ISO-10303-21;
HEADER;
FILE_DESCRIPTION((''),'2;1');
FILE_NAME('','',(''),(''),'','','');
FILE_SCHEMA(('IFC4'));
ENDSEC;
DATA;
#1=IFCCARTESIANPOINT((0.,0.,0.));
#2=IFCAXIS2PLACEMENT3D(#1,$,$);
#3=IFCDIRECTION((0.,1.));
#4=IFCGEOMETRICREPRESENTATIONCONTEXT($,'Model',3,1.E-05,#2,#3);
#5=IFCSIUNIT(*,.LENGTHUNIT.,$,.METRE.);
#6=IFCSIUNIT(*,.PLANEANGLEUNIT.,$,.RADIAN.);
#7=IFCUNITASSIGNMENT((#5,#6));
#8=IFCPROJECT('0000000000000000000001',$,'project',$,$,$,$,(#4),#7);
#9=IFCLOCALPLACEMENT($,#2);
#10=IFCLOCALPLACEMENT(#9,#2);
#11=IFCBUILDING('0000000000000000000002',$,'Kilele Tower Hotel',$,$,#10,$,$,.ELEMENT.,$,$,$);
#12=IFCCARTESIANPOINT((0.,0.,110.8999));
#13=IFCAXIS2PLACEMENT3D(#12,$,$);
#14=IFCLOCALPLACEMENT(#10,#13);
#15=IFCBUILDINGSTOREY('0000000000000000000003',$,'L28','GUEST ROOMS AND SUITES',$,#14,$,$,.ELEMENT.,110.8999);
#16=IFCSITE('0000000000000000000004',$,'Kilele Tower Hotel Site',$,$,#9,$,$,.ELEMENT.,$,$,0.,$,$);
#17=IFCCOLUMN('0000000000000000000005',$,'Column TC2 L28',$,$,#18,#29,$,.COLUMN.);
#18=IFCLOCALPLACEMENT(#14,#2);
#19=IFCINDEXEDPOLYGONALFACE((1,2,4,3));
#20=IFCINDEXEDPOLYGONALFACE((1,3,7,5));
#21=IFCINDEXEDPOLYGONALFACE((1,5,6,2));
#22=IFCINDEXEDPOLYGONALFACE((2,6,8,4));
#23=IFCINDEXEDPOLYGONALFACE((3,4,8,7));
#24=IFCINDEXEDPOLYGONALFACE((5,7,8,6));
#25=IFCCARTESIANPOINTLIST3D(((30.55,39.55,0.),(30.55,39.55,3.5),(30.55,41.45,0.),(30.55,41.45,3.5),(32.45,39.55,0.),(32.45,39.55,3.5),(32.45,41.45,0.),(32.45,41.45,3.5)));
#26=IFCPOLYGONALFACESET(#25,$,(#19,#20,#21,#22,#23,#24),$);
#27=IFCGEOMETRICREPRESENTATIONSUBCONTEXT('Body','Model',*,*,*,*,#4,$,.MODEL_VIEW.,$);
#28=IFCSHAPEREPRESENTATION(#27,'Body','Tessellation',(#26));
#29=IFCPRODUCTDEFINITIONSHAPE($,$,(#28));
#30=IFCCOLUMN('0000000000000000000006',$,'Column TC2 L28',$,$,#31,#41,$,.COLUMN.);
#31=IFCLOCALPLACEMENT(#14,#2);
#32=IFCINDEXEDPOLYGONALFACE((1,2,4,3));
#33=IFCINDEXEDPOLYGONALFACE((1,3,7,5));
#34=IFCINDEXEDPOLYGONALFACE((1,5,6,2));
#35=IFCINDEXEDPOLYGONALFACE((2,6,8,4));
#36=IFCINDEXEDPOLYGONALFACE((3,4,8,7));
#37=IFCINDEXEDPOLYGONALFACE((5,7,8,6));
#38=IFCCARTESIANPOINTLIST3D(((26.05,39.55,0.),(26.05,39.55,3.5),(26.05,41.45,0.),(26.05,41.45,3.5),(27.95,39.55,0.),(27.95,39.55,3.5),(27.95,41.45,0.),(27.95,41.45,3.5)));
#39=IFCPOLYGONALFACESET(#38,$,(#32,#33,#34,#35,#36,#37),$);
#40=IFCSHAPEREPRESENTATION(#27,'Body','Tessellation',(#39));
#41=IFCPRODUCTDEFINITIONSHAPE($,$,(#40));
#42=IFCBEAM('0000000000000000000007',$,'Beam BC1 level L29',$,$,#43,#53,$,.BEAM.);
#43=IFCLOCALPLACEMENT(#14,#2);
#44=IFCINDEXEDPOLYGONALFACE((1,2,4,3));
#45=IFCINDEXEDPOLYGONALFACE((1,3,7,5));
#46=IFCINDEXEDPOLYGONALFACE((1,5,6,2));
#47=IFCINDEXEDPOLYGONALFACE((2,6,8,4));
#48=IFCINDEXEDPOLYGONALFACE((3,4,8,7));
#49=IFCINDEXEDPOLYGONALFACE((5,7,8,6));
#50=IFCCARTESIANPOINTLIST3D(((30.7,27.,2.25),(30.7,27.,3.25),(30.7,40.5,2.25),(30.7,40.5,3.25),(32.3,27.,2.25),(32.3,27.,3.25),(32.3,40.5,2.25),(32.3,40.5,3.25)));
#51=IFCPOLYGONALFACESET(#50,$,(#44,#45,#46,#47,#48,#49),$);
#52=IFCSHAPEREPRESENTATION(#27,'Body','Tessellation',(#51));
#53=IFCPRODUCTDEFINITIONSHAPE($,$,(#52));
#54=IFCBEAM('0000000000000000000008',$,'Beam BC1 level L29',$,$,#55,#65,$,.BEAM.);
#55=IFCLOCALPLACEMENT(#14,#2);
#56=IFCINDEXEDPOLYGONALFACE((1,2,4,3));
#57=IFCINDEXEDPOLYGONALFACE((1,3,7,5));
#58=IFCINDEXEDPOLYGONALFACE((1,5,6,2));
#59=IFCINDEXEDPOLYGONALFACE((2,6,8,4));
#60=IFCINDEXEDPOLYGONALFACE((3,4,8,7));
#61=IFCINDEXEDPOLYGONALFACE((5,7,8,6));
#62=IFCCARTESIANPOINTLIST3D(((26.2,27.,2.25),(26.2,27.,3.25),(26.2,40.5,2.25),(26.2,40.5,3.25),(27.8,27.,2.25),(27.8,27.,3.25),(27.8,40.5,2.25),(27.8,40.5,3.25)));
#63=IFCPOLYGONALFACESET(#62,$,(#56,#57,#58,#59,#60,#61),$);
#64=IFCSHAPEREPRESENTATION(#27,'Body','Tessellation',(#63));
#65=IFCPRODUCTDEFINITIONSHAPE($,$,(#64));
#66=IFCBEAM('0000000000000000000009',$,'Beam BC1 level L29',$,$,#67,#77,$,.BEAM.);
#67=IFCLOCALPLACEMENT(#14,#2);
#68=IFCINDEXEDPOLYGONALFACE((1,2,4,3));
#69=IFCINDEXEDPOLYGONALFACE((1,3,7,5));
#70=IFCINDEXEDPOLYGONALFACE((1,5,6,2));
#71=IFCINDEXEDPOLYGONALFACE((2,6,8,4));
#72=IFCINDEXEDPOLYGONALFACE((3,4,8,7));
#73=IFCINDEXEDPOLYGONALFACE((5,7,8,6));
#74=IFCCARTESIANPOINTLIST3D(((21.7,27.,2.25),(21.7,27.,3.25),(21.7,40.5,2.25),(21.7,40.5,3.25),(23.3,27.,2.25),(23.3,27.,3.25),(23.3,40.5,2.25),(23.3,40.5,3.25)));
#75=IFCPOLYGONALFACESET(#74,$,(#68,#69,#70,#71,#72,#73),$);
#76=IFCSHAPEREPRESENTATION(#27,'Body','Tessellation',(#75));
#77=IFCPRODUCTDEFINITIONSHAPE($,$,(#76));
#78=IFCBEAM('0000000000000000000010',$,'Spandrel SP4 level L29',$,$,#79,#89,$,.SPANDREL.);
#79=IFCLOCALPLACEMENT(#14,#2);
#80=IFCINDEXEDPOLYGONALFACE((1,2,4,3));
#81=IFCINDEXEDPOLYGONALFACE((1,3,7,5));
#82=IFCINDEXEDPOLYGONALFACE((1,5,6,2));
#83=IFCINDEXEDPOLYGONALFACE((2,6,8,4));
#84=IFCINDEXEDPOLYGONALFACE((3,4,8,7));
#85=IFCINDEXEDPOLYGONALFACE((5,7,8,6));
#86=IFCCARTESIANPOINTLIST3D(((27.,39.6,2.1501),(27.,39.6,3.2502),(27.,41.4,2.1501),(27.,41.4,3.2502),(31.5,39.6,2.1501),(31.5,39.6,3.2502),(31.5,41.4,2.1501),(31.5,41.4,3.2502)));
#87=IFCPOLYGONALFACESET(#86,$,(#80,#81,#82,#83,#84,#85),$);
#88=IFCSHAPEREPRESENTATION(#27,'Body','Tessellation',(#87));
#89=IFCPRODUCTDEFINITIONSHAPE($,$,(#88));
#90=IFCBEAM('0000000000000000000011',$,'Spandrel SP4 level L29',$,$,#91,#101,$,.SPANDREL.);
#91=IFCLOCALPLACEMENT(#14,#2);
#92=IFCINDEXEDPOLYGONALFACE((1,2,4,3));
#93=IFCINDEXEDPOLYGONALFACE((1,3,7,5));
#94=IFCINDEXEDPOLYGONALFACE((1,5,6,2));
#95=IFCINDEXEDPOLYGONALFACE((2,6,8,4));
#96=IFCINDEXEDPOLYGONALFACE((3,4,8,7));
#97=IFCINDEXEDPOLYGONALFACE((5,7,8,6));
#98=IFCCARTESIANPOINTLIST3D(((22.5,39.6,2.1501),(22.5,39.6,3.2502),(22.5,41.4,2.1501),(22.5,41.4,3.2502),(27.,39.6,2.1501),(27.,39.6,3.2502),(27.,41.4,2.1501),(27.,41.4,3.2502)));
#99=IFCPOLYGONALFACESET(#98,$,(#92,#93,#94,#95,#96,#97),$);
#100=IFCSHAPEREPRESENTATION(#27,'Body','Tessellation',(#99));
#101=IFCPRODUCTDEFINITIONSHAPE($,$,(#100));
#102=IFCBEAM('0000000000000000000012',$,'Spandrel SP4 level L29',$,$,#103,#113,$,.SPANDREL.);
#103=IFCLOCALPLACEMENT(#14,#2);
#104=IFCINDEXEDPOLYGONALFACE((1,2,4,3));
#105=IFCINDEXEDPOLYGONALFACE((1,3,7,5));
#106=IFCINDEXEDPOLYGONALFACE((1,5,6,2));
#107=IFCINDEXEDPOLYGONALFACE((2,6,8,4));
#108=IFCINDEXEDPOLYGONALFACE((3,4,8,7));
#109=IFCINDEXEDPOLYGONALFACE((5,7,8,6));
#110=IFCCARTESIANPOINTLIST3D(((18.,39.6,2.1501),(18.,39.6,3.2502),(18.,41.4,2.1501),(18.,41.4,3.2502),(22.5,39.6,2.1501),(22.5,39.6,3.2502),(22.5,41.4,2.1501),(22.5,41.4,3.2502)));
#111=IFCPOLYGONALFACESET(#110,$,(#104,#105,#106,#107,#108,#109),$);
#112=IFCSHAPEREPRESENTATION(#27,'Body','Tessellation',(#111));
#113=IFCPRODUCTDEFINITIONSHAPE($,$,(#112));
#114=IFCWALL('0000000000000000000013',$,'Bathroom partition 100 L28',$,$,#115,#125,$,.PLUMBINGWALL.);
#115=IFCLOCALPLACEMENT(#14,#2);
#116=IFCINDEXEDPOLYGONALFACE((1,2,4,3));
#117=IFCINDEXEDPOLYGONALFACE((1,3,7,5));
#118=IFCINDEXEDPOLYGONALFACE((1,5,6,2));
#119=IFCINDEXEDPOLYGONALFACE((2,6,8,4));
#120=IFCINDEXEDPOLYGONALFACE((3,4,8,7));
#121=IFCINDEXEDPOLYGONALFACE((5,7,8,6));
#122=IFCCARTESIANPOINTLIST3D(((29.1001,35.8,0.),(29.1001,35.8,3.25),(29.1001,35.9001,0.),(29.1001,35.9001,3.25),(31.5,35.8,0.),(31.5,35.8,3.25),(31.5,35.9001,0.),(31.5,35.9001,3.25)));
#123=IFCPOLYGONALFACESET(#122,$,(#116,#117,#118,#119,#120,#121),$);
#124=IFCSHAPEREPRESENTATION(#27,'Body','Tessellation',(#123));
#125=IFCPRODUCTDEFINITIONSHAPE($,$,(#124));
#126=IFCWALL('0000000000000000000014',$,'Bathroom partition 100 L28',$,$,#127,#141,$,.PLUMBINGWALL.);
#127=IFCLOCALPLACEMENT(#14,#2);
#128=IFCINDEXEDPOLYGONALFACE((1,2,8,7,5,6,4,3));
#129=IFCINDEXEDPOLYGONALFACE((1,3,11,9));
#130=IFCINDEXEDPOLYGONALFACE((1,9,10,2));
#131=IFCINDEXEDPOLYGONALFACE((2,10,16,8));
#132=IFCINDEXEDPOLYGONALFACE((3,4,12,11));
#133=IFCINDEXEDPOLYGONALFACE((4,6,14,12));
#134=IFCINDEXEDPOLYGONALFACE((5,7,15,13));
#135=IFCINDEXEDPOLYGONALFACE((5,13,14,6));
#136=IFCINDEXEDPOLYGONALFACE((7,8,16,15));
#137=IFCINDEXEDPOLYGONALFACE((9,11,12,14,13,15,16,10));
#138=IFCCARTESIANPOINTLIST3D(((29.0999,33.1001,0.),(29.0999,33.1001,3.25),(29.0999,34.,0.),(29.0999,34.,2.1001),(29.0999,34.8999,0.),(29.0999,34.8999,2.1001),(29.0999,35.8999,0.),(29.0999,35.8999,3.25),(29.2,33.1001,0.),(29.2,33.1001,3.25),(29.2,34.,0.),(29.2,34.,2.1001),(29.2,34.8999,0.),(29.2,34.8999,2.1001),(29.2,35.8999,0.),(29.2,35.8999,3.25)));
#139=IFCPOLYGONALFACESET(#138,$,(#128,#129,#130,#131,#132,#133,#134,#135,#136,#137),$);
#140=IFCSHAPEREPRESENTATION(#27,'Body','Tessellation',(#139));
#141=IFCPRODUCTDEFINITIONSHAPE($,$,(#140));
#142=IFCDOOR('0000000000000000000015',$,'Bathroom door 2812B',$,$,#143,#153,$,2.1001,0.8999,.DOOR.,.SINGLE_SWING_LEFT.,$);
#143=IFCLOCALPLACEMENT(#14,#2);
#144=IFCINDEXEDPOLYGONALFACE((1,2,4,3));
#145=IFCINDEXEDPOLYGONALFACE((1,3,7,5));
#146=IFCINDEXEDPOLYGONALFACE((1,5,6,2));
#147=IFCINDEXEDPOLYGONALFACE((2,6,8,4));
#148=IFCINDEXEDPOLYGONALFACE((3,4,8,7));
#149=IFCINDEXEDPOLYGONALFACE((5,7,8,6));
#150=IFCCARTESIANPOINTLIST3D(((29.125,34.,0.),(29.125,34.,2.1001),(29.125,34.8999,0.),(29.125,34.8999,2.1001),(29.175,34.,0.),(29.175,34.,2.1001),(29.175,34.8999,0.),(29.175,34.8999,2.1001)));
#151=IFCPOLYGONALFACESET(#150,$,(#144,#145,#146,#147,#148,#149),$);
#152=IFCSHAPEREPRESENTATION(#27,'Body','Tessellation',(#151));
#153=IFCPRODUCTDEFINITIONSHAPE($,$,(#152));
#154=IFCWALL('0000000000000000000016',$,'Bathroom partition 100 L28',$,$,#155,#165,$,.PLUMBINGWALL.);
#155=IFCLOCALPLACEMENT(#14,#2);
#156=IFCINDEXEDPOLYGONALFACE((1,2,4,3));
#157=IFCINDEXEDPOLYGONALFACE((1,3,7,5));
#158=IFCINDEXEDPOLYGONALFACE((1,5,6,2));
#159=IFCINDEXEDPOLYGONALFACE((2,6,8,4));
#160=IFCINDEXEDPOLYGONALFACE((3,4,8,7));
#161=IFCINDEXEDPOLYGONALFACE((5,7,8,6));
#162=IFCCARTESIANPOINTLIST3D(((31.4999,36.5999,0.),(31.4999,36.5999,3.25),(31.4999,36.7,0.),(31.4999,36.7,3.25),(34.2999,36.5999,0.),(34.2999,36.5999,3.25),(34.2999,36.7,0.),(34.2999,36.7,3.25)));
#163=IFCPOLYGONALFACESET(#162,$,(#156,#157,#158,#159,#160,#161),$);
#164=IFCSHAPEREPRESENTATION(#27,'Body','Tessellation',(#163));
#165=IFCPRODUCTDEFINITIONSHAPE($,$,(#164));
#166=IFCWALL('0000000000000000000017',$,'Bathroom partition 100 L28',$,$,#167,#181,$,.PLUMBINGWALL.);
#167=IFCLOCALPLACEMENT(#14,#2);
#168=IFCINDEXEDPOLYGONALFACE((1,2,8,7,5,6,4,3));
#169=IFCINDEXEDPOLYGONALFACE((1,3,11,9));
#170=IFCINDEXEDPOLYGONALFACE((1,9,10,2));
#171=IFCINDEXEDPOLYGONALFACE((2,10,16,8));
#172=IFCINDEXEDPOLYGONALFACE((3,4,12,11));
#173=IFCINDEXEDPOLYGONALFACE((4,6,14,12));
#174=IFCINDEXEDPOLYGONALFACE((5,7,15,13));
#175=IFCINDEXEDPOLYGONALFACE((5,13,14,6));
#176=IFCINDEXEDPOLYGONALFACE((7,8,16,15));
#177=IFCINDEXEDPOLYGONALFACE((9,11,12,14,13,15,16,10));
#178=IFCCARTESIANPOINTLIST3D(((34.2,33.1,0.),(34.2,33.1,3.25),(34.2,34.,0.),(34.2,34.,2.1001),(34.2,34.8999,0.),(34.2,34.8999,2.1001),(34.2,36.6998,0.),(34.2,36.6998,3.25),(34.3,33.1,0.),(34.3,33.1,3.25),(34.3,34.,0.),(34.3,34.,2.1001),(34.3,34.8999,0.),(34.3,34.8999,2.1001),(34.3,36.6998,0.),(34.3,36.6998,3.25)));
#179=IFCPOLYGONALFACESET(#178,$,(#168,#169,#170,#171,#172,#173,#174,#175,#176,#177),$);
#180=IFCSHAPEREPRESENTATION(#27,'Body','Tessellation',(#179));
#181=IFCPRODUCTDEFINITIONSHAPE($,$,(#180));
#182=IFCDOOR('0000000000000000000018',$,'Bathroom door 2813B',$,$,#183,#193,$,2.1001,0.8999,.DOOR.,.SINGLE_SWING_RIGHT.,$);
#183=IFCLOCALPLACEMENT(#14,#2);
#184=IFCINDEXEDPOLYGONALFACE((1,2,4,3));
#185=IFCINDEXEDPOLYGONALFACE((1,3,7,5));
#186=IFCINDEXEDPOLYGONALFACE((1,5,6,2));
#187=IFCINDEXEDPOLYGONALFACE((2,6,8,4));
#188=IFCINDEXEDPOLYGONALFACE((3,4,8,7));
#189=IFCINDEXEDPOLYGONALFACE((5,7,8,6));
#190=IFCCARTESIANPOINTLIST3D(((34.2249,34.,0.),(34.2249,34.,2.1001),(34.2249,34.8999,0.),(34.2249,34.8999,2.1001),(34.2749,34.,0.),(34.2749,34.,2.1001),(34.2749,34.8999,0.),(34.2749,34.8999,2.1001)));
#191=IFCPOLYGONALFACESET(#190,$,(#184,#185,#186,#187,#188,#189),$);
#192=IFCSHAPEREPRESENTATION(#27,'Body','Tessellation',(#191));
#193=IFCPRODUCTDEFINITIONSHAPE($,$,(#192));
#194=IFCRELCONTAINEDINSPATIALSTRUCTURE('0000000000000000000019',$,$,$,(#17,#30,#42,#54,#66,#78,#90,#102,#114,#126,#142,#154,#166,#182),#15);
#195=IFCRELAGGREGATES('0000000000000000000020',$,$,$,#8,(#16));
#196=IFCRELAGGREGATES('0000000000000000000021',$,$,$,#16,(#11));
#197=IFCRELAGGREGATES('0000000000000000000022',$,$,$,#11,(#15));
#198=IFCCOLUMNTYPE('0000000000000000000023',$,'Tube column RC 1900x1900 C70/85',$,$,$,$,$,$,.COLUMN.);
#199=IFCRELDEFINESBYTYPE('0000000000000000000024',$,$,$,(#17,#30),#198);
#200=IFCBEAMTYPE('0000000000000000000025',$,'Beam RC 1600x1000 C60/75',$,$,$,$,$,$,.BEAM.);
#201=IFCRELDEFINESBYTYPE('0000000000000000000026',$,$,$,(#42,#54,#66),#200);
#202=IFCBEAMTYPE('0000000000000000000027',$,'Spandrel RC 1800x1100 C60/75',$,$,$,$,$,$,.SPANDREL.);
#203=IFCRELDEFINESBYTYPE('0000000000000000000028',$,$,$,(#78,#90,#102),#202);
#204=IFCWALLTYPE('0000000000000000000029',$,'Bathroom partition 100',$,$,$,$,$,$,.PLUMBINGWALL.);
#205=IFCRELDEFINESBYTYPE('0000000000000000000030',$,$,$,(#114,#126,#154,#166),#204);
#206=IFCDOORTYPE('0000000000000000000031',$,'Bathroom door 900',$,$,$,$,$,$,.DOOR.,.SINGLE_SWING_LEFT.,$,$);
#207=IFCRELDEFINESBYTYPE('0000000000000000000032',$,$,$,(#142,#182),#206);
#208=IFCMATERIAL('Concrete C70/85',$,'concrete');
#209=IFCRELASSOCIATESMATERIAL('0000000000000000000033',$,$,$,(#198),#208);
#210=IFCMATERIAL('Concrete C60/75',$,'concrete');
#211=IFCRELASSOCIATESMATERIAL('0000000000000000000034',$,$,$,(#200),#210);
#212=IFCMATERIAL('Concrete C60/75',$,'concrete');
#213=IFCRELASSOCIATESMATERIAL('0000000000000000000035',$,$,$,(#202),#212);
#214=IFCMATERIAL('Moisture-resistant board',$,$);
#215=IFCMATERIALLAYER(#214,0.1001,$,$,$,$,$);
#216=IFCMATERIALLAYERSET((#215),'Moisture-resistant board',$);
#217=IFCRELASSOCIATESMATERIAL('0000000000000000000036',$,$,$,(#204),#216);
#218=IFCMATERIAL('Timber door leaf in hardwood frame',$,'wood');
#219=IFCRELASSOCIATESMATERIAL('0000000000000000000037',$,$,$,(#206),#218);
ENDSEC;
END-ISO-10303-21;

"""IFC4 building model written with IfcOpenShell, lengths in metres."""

from ifc_helpers import new_model, si_unit, direction, frame, frame_2d, origin, origin_2d, place, context, subcontext, project, spatial, rectangle, extrude, material, layer, layer_set, material_profile, profile_set, type_object, element, fill, save


model = new_model("IFC4")

# Units and contexts
model_context = context("Model", 3, precision=1e-05, world=origin(), true_north=direction((0.0, 1.0)))
body_context = subcontext(model_context, "Body", "Model", "MODEL_VIEW")
ifc_project = project(units=[si_unit("LENGTHUNIT", "METRE"), si_unit("PLANEANGLEUNIT", "RADIAN")], contexts=[model_context])

# Site, building, storey
site_placement = place(None, origin())
site = spatial("IfcSite", under=ifc_project, at=site_placement, Name="Kilele Tower Hotel Site", CompositionType="ELEMENT", RefElevation=0.0)
building_placement = place(site_placement, origin())
building = spatial("IfcBuilding", under=site, at=building_placement, Name="Kilele Tower Hotel", CompositionType="ELEMENT")
storey_placement = place(building_placement, frame((0.0, 0.0, 110.8999)))
storey = spatial("IfcBuildingStorey", under=building, at=storey_placement, Name="L28", Description="GUEST ROOMS AND SUITES", CompositionType="ELEMENT", Elevation=110.8999)

# Columns
ifc_material_1 = material(Name="Concrete C70/85", Category="concrete")
ifc_material_profile_1 = material_profile(ifc_material_1, rectangle(XDim=1.8999, YDim=1.8999, at=origin_2d()))
ifc_profile_set_1 = profile_set([ifc_material_profile_1], Name="Concrete C70/85")
column_type = type_object("IfcColumnType", Name="Tube column RC 1900x1900 C70/85", PredefinedType="COLUMN", material=ifc_profile_set_1)
for number, where, z_axis, x_axis, name in (
    (1, (31.5, 40.5, 0.0), (0.0, 0.0, 1.0), (1.0, 0.0, 0.0), "Column TC2 L28"),
    (2, (27.0, 40.5, 0.0), (0.0, 0.0, 1.0), (1.0, 0.0, 0.0), "Column TC2 L28"),
):
    element("IfcColumn", number, at=place(storey_placement, frame(where, z_axis=z_axis, x_axis=x_axis)), inside=storey, type_object=column_type, Name=name, PredefinedType="COLUMN", context=body_context, shape_type="SweptSolid", body=[
        extrude(rectangle(XDim=1.8999, YDim=1.8999, at=origin_2d()), origin(), (0.0, 0.0, 1.0), 3.5),
    ])

# Beams
ifc_material_2 = material(Name="Concrete C60/75", Category="concrete")
ifc_material_profile_2 = material_profile(ifc_material_2, rectangle(XDim=1.6001, YDim=1.0, at=origin_2d()))
ifc_profile_set_2 = profile_set([ifc_material_profile_2], Name="Concrete C60/75")
beam_type_1 = type_object("IfcBeamType", Name="Beam RC 1600x1000 C60/75", PredefinedType="BEAM", material=ifc_profile_set_2)
for number, where, z_axis, x_axis, name in (
    (3, (31.5, 40.5, 2.75), (0.0, -1.0, 0.0), (1.0, 0.0, 0.0), "Beam BC1 level L29"),
    (4, (27.0, 40.5, 2.75), (0.0, -1.0, 0.0), (1.0, 0.0, 0.0), "Beam BC1 level L29"),
    (5, (22.5, 40.5, 2.75), (0.0, -1.0, 0.0), (1.0, 0.0, 0.0), "Beam BC1 level L29"),
):
    element("IfcBeam", number, at=place(storey_placement, frame(where, z_axis=z_axis, x_axis=x_axis)), inside=storey, type_object=beam_type_1, Name=name, PredefinedType="BEAM", context=body_context, shape_type="SweptSolid", body=[
        extrude(rectangle(XDim=1.6001, YDim=1.0, at=origin_2d()), origin(), (0.0, 0.0, 1.0), 13.5),
    ])
ifc_material_3 = material(Name="Concrete C60/75", Category="concrete")
ifc_material_profile_3 = material_profile(ifc_material_3, rectangle(XDim=1.8, YDim=1.1001, at=origin_2d()))
ifc_profile_set_3 = profile_set([ifc_material_profile_3], Name="Concrete C60/75")
beam_type_2 = type_object("IfcBeamType", Name="Spandrel RC 1800x1100 C60/75", PredefinedType="SPANDREL", material=ifc_profile_set_3)
for number, where, z_axis, x_axis, name in (
    (6, (31.5, 40.5, 2.7002), (-1.0, 0.0, 0.0), (0.0, -1.0, 0.0), "Spandrel SP4 level L29"),
    (7, (27.0, 40.5, 2.7002), (-1.0, 0.0, 0.0), (0.0, -1.0, 0.0), "Spandrel SP4 level L29"),
    (8, (22.5, 40.5, 2.7002), (-1.0, 0.0, 0.0), (0.0, -1.0, 0.0), "Spandrel SP4 level L29"),
):
    element("IfcBeam", number, at=place(storey_placement, frame(where, z_axis=z_axis, x_axis=x_axis)), inside=storey, type_object=beam_type_2, Name=name, PredefinedType="SPANDREL", context=body_context, shape_type="SweptSolid", body=[
        extrude(rectangle(XDim=1.8, YDim=1.1001, at=origin_2d()), origin(), (0.0, 0.0, 1.0), 4.5),
    ])

# Wall
ifc_material_4 = material(Name="Moisture-resistant board")
ifc_layer_1 = layer(ifc_material_4, 0.1001)
ifc_layer_set_1 = layer_set([ifc_layer_1], Name="Moisture-resistant board")
wall_type_1 = type_object("IfcWallType", Name="Bathroom partition 100", PredefinedType="PLUMBINGWALL", material=ifc_layer_set_1)
wall_1_placement = place(storey_placement, frame((29.1001, 35.8501, 0.0), z_axis=(0.0, 0.0, 1.0), x_axis=(1.0, 0.0, 0.0)))
element("IfcWall", 9, at=wall_1_placement, inside=storey, type_object=wall_type_1, Name="Bathroom partition 100 L28", PredefinedType="PLUMBINGWALL", context=body_context, shape_type="SweptSolid", body=[
    extrude(rectangle(XDim=2.3999, YDim=0.1001, at=frame_2d((1.2, 0.0))), origin(), (0.0, 0.0, 1.0), 3.25),
])

# Wall, opening, door
wall_2_placement = place(storey_placement, frame((29.1499, 33.1001, 0.0), z_axis=(0.0, 0.0, 1.0), x_axis=(0.0, 1.0, 0.0)))
wall_2 = element("IfcWall", 10, at=wall_2_placement, inside=storey, type_object=wall_type_1, Name="Bathroom partition 100 L28", PredefinedType="PLUMBINGWALL", context=body_context, shape_type="SweptSolid", body=[
    extrude(rectangle(XDim=2.7998, YDim=0.1001, at=frame_2d((1.3999, 0.0))), origin(), (0.0, 0.0, 1.0), 3.25),
])
opening_1_placement = place(wall_2_placement, frame((0.8999, 0.0, 0.0)))
opening_1 = element("IfcOpeningElement", 11, at=opening_1_placement, cuts=wall_2, PredefinedType="OPENING", context=body_context, shape_type="SweptSolid", body=[
    extrude(rectangle(XDim=0.8999, YDim=2.1001, at=frame_2d((0.45, 1.05))), frame((0.0, 0.0601, 0.0), z_axis=(0.0, -1.0, 0.0), x_axis=(1.0, 0.0, 0.0)), (0.0, 0.0, 1.0), 0.1201),
])
ifc_material_5 = material(Name="Timber door leaf in hardwood frame", Category="wood")
door_type_1 = type_object("IfcDoorType", Name="Bathroom door 900", OperationType="SINGLE_SWING_LEFT", PredefinedType="DOOR", material=ifc_material_5)
door_1_placement = place(opening_1_placement, origin())
door_1 = element("IfcDoor", 12, at=door_1_placement, inside=storey, type_object=door_type_1, Name="Bathroom door 2812B", OperationType="SINGLE_SWING_LEFT", OverallHeight=2.1001, OverallWidth=0.8999, PredefinedType="DOOR", context=body_context, shape_type="SweptSolid", body=[
    extrude(rectangle(XDim=0.8999, YDim=2.1001, at=frame_2d((0.45, 1.05))), frame((0.0, 0.0249, 0.0), z_axis=(0.0, -1.0, 0.0), x_axis=(1.0, 0.0, 0.0)), (0.0, 0.0, 1.0), 0.05),
])
fill(opening_1, door_1)

# Wall
wall_3_placement = place(storey_placement, frame((31.5, 36.6499, 0.0), z_axis=(0.0, 0.0, 1.0), x_axis=(1.0, 0.0, 0.0)))
element("IfcWall", 13, at=wall_3_placement, inside=storey, type_object=wall_type_1, Name="Bathroom partition 100 L28", PredefinedType="PLUMBINGWALL", context=body_context, shape_type="SweptSolid", body=[
    extrude(rectangle(XDim=2.8, YDim=0.1001, at=frame_2d((1.3999, 0.0))), origin(), (0.0, 0.0, 1.0), 3.25),
])

# Wall, opening, door
wall_4_placement = place(storey_placement, frame((34.25, 33.1001, 0.0), z_axis=(0.0, 0.0, 1.0), x_axis=(0.0, 1.0, 0.0)))
wall_4 = element("IfcWall", 14, at=wall_4_placement, inside=storey, type_object=wall_type_1, Name="Bathroom partition 100 L28", PredefinedType="PLUMBINGWALL", context=body_context, shape_type="SweptSolid", body=[
    extrude(rectangle(XDim=3.5999, YDim=0.1001, at=frame_2d((1.7998, 0.0))), origin(), (0.0, 0.0, 1.0), 3.25),
])
opening_2_placement = place(wall_4_placement, frame((1.7998, 0.0, 0.0), z_axis=(0.0, 0.0, 1.0), x_axis=(-1.0, 0.0, 0.0)))
opening_2 = element("IfcOpeningElement", 15, at=opening_2_placement, cuts=wall_4, PredefinedType="OPENING", context=body_context, shape_type="SweptSolid", body=[
    extrude(rectangle(XDim=0.8999, YDim=2.1001, at=frame_2d((0.45, 1.05))), frame((0.0, 0.0601, 0.0), z_axis=(0.0, -1.0, 0.0), x_axis=(1.0, 0.0, 0.0)), (0.0, 0.0, 1.0), 0.1201),
])
door_2_placement = place(opening_2_placement, origin())
door_2 = element("IfcDoor", 16, at=door_2_placement, inside=storey, type_object=door_type_1, Name="Bathroom door 2813B", OperationType="SINGLE_SWING_RIGHT", OverallHeight=2.1001, OverallWidth=0.8999, PredefinedType="DOOR", context=body_context, shape_type="SweptSolid", body=[
    extrude(rectangle(XDim=0.8999, YDim=2.1001, at=frame_2d((0.45, 1.05))), frame((0.0, 0.0249, 0.0), z_axis=(0.0, -1.0, 0.0), x_axis=(1.0, 0.0, 0.0)), (0.0, 0.0, 1.0), 0.05),
])
fill(opening_2, door_2)

save(model, "model.ifc")
